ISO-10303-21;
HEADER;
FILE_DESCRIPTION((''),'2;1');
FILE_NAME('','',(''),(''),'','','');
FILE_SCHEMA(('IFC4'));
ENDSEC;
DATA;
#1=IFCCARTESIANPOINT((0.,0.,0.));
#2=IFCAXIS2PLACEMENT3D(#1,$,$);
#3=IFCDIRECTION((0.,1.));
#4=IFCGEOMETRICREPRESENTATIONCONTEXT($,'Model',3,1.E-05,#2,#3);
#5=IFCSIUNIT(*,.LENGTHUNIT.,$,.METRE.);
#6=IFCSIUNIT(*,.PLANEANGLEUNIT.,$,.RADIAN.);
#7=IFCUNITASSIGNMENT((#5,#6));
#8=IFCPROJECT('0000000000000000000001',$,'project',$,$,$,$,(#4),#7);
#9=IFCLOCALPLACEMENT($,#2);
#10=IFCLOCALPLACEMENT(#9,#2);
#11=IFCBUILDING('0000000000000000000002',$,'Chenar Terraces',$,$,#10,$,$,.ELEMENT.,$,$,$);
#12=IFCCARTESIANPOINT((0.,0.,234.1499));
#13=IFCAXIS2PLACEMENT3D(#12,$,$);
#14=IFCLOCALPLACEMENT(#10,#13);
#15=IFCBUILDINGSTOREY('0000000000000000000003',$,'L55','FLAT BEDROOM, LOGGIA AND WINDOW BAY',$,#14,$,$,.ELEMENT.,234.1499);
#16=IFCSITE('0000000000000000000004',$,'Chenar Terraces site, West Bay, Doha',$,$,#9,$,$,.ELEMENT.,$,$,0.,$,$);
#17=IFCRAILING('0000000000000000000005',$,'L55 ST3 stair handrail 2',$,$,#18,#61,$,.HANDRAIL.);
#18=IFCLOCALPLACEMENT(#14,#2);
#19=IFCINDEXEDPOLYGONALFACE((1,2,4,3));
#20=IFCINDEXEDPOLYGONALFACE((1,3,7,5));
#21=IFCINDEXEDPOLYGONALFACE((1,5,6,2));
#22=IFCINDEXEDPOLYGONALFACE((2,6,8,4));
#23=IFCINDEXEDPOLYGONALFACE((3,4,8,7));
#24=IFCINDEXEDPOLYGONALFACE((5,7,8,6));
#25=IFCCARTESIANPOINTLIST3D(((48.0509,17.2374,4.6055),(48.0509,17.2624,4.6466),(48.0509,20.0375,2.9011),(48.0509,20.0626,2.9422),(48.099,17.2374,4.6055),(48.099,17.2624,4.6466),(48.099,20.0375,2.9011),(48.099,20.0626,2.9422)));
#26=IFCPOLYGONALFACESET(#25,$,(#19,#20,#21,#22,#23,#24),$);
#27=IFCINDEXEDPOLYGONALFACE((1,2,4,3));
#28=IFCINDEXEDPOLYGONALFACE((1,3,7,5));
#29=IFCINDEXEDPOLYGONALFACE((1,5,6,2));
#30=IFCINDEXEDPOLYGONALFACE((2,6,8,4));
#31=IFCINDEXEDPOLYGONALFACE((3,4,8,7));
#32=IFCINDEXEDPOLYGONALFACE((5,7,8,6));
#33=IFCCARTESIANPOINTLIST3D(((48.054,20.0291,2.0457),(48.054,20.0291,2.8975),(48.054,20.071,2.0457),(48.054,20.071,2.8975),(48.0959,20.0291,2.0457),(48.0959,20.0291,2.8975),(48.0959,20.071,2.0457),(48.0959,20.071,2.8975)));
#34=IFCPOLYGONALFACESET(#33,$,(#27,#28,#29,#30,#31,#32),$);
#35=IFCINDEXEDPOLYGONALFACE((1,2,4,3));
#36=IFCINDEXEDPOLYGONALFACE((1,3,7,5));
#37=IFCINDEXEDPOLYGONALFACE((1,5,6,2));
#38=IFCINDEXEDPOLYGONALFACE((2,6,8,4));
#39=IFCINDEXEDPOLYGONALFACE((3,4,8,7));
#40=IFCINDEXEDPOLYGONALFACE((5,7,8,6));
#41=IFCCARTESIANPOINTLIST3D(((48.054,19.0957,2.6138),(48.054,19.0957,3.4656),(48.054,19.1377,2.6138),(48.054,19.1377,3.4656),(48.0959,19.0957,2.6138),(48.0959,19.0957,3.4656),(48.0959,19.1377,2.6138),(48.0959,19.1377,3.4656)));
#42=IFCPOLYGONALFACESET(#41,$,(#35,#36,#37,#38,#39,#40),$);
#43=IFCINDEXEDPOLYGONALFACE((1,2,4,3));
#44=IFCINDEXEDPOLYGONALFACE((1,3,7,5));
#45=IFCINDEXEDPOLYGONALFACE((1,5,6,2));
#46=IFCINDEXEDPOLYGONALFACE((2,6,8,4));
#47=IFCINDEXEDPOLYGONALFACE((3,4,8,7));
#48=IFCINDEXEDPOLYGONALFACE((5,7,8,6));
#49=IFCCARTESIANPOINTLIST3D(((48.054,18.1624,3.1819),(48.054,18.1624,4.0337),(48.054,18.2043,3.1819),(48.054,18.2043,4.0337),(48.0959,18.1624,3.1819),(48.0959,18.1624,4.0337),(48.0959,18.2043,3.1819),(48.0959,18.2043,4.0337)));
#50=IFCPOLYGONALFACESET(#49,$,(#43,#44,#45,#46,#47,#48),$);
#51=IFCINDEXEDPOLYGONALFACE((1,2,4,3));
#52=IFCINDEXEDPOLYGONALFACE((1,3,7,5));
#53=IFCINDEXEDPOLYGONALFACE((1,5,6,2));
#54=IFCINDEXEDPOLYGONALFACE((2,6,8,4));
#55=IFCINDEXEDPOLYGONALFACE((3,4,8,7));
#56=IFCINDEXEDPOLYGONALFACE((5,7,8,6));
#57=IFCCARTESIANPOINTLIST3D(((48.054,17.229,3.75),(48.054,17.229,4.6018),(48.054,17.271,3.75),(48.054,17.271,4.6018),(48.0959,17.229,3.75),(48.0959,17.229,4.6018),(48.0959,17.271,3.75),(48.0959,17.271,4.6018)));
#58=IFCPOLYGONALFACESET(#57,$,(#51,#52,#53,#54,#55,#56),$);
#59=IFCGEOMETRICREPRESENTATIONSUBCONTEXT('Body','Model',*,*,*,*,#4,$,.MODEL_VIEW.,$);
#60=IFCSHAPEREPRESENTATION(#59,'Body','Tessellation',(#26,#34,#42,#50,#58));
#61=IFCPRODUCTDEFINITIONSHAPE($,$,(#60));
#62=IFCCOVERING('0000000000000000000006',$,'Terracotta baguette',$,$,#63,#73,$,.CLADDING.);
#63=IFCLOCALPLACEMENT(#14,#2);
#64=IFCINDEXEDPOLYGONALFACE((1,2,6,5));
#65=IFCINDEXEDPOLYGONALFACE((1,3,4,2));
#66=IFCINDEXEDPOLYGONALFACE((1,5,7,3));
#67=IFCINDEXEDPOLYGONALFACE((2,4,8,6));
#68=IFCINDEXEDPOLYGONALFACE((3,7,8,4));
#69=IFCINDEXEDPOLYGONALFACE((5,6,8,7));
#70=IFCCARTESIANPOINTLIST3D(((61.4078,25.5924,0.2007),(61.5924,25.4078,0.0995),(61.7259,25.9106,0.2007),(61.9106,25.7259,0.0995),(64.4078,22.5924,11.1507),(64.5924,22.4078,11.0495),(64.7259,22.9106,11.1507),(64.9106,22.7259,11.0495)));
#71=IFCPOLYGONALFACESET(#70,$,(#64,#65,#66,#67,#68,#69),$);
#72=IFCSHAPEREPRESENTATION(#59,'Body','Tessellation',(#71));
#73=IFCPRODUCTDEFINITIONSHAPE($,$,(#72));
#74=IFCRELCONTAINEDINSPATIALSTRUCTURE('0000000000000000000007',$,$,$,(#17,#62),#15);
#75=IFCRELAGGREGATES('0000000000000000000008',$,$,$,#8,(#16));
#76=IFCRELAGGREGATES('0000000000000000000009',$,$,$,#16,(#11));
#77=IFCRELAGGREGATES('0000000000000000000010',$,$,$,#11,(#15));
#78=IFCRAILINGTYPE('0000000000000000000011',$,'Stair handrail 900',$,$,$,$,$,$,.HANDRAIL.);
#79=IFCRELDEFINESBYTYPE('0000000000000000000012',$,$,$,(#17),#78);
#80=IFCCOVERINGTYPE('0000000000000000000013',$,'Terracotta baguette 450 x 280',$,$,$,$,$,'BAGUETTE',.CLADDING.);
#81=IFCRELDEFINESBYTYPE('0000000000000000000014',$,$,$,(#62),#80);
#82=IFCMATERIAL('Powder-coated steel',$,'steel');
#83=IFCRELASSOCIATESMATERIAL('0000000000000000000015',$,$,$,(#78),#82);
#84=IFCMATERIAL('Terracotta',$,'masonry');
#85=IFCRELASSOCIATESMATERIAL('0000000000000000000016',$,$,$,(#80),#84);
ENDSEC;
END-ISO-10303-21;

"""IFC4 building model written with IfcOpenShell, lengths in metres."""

from ifc_helpers import new_model, si_unit, direction, frame, origin, origin_2d, place, context, subcontext, project, spatial, rectangle, extrude, material, material_profile, profile_set, type_object, element, save


model = new_model("IFC4")

# Units and contexts
model_context = context("Model", 3, precision=1e-05, world=origin(), true_north=direction((0.0, 1.0)))
body_context = subcontext(model_context, "Body", "Model", "MODEL_VIEW")
ifc_project = project(units=[si_unit("LENGTHUNIT", "METRE"), si_unit("PLANEANGLEUNIT", "RADIAN")], contexts=[model_context])

# Site, building, storey
site_placement = place(None, origin())
site = spatial("IfcSite", under=ifc_project, at=site_placement, Name="Chenar Terraces site, West Bay, Doha", CompositionType="ELEMENT", RefElevation=0.0)
building_placement = place(site_placement, origin())
building = spatial("IfcBuilding", under=site, at=building_placement, Name="Chenar Terraces", CompositionType="ELEMENT")
storey_placement = place(building_placement, frame((0.0, 0.0, 234.1499)))
storey = spatial("IfcBuildingStorey", under=building, at=storey_placement, Name="L55", Description="FLAT BEDROOM, LOGGIA AND WINDOW BAY", CompositionType="ELEMENT", Elevation=234.1499)

# Railing
ifc_material_1 = material(Name="Powder-coated steel", Category="steel")
railing_type_1 = type_object("IfcRailingType", Name="Stair handrail 900", PredefinedType="HANDRAIL", material=ifc_material_1)
railing_1_placement = place(storey_placement, frame((48.075, 20.05, 2.0457)))
element("IfcRailing", 1, at=railing_1_placement, inside=storey, type_object=railing_type_1, Name="L55 ST3 stair handrail 2", PredefinedType="HANDRAIL", context=body_context, shape_type="SweptSolid", body=[
    extrude(rectangle(XDim=0.0481, YDim=0.0481, at=origin_2d()), frame((0.0, 0.0, 0.876), z_axis=(0.0, -0.854203, 0.51994), x_axis=(1.0, 0.0, 0.0)), (0.0, 0.0, 1.0), 3.2781),
    extrude(rectangle(XDim=0.042, YDim=0.042, at=origin_2d()), origin(), (0.0, 0.0, 1.0), 0.8518),
    extrude(rectangle(XDim=0.042, YDim=0.042, at=origin_2d()), frame((0.0, -0.9333, 0.5681)), (0.0, 0.0, 1.0), 0.8518),
    extrude(rectangle(XDim=0.042, YDim=0.042, at=origin_2d()), frame((0.0, -1.8667, 1.1362)), (0.0, 0.0, 1.0), 0.8518),
    extrude(rectangle(XDim=0.042, YDim=0.042, at=origin_2d()), frame((0.0, -2.8, 1.7043)), (0.0, 0.0, 1.0), 0.8518),
])

# Covering
ifc_material_2 = material(Name="Terracotta", Category="masonry")
ifc_material_profile_1 = material_profile(ifc_material_2, rectangle(XDim=0.45, YDim=0.28, at=origin_2d()), Name="Terracotta baguette 450 x 280")
ifc_profile_set_1 = profile_set([ifc_material_profile_1], Name="Terracotta")
covering_type = type_object("IfcCoveringType", Name="Terracotta baguette 450 x 280", ElementType="BAGUETTE", PredefinedType="CLADDING", material=ifc_profile_set_1)
covering_placement = place(storey_placement, frame((64.6592, 22.6592, 11.1001), z_axis=(-0.255468, 0.255468, -0.932455), x_axis=(-0.707107, -0.707107, 0.0)))
element("IfcCovering", 2, at=covering_placement, inside=storey, type_object=covering_type, Name="Terracotta baguette", PredefinedType="CLADDING", context=body_context, shape_type="SweptSolid", body=[
    extrude(rectangle(XDim=0.45, YDim=0.28, at=origin_2d()), origin(), (0.0, 0.0, 1.0), 11.7432),
])

save(model, "model.ifc")
